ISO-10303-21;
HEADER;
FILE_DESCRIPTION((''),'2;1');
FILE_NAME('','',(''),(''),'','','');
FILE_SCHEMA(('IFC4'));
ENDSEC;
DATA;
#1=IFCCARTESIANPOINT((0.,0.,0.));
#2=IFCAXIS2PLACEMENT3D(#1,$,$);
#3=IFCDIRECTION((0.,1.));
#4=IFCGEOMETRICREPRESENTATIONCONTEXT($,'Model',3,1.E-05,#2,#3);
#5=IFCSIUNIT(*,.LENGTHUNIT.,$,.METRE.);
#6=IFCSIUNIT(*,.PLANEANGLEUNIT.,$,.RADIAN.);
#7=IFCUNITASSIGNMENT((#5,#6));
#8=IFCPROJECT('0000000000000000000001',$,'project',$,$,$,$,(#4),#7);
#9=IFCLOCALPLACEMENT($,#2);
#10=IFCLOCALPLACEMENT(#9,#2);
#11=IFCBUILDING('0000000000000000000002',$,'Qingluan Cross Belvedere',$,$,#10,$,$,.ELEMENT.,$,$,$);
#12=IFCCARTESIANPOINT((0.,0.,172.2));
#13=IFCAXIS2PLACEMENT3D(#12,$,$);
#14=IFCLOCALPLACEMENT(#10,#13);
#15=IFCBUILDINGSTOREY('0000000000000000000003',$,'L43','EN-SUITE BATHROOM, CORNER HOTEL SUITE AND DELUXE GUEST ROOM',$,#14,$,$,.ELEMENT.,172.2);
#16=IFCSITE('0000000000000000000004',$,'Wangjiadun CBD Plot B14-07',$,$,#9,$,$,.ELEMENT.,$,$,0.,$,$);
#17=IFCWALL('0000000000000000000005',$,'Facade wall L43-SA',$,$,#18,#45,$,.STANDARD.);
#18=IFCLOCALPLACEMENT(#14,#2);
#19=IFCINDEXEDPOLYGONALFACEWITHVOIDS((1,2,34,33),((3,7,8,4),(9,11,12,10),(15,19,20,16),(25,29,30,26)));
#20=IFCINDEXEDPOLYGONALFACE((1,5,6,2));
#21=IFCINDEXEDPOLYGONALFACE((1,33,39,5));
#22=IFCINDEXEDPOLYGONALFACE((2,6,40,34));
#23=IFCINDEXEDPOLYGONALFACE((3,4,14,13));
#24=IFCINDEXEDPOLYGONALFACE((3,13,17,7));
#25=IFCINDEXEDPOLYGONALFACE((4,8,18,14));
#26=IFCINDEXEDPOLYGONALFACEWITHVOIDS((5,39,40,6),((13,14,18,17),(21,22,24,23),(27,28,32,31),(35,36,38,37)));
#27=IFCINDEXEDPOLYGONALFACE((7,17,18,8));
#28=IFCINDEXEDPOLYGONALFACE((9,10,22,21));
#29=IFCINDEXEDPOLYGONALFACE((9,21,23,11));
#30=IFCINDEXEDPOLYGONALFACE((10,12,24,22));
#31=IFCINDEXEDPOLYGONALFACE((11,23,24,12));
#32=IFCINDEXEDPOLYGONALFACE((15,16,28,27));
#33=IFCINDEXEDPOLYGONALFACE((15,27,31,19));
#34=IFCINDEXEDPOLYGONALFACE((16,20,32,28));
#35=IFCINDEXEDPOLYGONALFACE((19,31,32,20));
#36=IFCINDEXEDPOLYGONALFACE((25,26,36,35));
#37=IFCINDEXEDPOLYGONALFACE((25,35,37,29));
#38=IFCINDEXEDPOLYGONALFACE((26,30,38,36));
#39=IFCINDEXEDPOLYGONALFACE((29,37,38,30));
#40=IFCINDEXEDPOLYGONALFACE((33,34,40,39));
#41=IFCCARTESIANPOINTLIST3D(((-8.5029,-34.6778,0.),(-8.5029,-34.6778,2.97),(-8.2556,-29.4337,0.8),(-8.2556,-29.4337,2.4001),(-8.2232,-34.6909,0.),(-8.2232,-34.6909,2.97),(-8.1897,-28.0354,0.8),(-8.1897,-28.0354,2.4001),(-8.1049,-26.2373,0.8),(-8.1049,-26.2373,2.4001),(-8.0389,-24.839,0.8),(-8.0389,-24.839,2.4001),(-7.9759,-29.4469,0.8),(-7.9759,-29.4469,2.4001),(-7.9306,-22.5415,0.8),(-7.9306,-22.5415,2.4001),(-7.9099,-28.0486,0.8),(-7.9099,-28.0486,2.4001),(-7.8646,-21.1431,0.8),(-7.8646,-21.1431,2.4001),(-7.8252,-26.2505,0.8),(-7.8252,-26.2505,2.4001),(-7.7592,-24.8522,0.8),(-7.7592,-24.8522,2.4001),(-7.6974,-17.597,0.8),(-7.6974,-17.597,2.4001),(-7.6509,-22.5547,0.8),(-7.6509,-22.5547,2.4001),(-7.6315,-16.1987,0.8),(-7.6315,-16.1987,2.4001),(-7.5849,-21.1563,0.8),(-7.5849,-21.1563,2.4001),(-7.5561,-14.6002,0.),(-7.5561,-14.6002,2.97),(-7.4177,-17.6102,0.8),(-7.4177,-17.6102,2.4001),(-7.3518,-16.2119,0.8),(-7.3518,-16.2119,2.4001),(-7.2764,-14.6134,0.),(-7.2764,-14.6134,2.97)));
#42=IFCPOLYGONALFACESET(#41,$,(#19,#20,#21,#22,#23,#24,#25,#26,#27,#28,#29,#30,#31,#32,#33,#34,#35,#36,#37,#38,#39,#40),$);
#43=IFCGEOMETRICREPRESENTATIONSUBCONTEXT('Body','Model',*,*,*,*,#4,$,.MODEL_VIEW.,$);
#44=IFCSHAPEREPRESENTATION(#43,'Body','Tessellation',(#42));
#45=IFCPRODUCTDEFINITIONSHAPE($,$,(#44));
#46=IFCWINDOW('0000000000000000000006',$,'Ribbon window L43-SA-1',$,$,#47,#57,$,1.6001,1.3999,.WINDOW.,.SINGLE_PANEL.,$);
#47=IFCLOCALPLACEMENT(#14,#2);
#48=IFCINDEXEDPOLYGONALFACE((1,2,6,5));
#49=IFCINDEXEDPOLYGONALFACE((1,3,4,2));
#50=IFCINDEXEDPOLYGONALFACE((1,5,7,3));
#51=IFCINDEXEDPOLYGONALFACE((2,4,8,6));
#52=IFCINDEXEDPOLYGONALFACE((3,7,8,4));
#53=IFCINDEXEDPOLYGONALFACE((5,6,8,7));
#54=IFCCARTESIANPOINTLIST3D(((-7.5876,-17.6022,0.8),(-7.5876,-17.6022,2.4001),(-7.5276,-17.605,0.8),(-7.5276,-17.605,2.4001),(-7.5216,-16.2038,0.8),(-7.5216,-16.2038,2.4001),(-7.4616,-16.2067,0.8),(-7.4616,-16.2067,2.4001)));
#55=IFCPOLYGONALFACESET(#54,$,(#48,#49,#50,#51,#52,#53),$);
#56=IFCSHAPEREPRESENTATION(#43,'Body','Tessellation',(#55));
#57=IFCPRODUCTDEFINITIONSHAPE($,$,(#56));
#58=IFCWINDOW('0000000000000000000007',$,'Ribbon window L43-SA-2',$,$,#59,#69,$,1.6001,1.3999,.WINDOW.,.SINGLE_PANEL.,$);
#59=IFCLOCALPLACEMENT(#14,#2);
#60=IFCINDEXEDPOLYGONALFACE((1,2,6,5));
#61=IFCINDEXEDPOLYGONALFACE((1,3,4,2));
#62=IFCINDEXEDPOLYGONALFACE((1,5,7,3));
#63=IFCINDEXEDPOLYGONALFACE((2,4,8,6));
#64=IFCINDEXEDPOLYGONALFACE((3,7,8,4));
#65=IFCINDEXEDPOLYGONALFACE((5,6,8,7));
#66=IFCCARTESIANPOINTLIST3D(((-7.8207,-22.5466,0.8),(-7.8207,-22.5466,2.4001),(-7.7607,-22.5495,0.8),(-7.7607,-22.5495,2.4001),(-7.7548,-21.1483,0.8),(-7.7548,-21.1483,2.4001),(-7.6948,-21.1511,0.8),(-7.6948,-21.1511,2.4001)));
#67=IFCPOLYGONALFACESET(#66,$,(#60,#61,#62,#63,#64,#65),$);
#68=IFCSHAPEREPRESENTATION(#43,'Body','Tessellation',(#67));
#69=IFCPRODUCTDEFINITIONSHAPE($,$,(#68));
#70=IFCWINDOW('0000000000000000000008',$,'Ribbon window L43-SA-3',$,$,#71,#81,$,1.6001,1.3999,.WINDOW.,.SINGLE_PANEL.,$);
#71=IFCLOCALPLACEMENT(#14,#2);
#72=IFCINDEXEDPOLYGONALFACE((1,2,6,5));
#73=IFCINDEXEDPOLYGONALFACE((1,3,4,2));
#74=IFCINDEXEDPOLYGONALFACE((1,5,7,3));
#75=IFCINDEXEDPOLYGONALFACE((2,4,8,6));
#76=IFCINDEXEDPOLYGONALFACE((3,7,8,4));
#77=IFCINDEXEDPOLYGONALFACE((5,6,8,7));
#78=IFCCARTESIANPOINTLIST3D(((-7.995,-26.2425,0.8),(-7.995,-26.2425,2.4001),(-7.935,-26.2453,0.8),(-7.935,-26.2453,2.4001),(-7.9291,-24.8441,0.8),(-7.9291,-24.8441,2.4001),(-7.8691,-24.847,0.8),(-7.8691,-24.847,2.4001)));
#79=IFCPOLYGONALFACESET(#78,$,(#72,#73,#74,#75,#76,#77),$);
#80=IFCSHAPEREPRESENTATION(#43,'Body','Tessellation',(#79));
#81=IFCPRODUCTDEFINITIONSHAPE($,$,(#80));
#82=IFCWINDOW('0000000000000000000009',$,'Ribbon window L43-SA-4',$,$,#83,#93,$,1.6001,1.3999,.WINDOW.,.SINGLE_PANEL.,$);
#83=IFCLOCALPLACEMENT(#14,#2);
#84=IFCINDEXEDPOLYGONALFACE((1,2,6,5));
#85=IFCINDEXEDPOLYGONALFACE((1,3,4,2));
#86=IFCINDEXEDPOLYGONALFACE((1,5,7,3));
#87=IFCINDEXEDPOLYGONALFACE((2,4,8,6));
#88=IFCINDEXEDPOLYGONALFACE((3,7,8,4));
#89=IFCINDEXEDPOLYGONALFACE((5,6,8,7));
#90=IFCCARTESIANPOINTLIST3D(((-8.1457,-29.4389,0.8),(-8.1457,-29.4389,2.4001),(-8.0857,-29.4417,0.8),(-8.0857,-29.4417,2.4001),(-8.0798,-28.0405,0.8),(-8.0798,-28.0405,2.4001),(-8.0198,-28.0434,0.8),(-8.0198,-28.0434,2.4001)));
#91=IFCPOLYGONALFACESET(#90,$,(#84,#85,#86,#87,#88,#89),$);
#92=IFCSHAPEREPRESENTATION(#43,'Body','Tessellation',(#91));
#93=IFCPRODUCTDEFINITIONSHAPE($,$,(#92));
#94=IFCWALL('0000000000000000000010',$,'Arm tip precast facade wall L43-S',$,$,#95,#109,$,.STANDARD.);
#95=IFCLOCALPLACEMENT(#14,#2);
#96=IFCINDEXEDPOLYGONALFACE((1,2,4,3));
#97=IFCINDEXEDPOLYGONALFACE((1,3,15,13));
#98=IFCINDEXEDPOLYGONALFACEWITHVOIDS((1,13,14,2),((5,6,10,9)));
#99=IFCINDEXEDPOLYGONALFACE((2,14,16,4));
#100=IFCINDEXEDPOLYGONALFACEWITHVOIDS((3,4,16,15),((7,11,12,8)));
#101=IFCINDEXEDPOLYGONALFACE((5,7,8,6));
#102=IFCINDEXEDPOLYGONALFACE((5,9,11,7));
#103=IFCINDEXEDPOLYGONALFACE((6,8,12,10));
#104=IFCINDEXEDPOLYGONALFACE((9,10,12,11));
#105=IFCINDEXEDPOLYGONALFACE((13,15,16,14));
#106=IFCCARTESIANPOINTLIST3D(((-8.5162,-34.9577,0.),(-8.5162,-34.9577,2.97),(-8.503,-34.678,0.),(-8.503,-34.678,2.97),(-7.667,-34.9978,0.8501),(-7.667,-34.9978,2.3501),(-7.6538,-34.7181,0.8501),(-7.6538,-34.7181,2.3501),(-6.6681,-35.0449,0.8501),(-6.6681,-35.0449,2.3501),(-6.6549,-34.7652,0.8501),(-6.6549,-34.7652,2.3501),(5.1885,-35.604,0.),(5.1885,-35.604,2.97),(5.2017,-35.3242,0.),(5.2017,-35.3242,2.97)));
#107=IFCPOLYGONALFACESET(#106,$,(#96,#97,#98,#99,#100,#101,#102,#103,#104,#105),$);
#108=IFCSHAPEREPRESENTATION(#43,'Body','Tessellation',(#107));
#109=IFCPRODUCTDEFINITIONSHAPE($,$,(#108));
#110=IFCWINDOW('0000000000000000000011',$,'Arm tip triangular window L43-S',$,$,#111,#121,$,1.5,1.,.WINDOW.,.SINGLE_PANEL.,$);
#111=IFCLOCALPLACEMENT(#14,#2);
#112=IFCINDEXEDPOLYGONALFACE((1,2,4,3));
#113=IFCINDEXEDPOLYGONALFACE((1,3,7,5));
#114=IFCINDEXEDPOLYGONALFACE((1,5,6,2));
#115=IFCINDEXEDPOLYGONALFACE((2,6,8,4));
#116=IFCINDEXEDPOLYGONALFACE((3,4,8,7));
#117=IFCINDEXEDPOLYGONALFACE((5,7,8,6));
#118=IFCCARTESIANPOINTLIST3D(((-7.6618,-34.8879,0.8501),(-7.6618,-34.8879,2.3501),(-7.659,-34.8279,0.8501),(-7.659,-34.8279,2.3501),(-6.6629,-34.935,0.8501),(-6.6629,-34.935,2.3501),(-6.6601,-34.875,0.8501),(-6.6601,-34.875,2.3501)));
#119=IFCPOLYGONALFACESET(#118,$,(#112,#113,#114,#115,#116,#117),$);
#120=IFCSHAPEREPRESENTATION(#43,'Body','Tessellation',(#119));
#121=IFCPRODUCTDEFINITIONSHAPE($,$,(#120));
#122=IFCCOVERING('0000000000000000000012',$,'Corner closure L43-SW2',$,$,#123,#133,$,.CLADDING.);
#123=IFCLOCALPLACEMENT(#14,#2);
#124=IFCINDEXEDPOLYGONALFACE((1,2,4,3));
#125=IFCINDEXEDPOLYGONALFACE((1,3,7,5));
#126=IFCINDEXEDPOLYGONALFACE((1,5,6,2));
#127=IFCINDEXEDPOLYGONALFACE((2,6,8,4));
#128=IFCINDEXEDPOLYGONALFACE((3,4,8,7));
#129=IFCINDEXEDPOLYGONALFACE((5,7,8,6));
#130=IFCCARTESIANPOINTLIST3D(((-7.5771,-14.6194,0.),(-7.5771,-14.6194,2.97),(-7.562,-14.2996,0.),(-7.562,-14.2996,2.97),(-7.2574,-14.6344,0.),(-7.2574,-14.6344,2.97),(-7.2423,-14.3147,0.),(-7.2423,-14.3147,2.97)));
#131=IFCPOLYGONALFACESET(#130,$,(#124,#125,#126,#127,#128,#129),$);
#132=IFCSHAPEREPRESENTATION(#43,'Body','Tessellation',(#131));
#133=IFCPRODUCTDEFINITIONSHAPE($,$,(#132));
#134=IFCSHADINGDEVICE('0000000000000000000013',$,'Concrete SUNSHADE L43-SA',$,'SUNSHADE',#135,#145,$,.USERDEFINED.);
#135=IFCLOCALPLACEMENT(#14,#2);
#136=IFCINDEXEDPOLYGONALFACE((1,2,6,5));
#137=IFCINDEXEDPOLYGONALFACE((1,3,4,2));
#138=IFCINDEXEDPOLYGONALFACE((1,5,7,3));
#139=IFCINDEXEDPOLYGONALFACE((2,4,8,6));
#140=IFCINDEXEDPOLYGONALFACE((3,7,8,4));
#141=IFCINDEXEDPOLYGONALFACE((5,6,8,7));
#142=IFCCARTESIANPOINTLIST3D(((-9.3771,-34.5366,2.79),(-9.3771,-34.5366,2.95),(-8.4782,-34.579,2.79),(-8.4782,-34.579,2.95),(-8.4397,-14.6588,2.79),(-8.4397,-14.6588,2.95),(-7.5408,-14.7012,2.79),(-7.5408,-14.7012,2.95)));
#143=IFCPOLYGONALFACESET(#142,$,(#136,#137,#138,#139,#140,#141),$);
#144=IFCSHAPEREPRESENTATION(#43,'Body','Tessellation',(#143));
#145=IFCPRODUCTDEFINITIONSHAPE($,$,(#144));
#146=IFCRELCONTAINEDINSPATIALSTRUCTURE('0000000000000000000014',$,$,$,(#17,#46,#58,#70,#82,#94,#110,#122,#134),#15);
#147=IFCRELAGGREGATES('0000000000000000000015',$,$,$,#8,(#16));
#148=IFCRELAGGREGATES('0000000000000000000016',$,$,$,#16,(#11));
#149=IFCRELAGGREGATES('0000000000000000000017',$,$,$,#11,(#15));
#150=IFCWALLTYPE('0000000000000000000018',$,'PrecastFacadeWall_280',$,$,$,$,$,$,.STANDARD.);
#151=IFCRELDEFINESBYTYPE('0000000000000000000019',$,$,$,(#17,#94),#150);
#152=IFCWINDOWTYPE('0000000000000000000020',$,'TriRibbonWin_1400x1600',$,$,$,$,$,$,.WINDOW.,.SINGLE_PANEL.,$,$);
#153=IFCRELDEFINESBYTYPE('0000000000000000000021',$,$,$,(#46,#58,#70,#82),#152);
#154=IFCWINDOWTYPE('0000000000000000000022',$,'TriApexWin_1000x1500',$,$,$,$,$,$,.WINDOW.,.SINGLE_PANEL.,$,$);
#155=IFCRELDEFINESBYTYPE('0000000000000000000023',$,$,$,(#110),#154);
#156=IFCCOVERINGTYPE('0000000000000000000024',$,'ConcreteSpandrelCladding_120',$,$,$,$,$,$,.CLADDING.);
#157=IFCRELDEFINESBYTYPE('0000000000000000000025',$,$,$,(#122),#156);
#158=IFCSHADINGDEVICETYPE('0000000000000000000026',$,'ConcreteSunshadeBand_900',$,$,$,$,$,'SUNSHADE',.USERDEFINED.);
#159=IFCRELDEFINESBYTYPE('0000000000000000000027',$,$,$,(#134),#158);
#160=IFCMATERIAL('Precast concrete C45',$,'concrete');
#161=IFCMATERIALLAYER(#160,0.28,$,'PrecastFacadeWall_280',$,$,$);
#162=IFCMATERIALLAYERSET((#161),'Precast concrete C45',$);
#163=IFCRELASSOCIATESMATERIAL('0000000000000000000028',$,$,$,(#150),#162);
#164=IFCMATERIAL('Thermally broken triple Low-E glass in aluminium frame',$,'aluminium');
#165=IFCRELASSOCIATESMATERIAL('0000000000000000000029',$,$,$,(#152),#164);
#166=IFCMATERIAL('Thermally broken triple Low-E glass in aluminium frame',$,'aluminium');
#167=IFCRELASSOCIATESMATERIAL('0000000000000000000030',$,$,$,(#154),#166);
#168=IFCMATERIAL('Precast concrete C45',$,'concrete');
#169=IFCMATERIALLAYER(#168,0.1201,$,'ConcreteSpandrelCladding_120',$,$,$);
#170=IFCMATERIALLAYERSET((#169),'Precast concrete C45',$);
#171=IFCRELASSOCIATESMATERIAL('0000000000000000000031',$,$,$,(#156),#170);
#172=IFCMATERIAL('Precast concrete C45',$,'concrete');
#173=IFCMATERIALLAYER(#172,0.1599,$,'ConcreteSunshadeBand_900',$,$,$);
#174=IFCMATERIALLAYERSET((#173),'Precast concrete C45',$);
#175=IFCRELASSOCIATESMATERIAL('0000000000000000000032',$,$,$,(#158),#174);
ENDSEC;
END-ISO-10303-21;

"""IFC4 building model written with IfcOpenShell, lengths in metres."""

from ifc_helpers import new_model, si_unit, direction, frame, frame_2d, origin, origin_2d, place, context, subcontext, project, spatial, rectangle, extrude, material, layer, layer_set, type_object, element, fill, save


model = new_model("IFC4")

# Units and contexts
model_context = context("Model", 3, precision=1e-05, world=origin(), true_north=direction((0.0, 1.0)))
body_context = subcontext(model_context, "Body", "Model", "MODEL_VIEW")
ifc_project = project(units=[si_unit("LENGTHUNIT", "METRE"), si_unit("PLANEANGLEUNIT", "RADIAN")], contexts=[model_context])

# Site, building, storey
site_placement = place(None, origin())
site = spatial("IfcSite", under=ifc_project, at=site_placement, Name="Wangjiadun CBD Plot B14-07", CompositionType="ELEMENT", RefElevation=0.0)
building_placement = place(site_placement, origin())
building = spatial("IfcBuilding", under=site, at=building_placement, Name="Qingluan Cross Belvedere", CompositionType="ELEMENT")
storey_placement = place(building_placement, frame((0.0, 0.0, 172.2)))
storey = spatial("IfcBuildingStorey", under=building, at=storey_placement, Name="L43", Description="EN-SUITE BATHROOM, CORNER HOTEL SUITE AND DELUXE GUEST ROOM", CompositionType="ELEMENT", Elevation=172.2)

# Wall, openings, windows
ifc_material_1 = material(Name="Precast concrete C45", Category="concrete")
ifc_layer_1 = layer(ifc_material_1, 0.28, Name="PrecastFacadeWall_280")
ifc_layer_set_1 = layer_set([ifc_layer_1], Name="Precast concrete C45")
wall_type_1 = type_object("IfcWallType", Name="PrecastFacadeWall_280", PredefinedType="STANDARD", material=ifc_layer_set_1)
wall_1_placement = place(storey_placement, frame((-7.4163, -14.6069, 0.0), z_axis=(0.0, 0.0, 1.0), x_axis=(-0.047103, -0.99889, 0.0)))
wall_1 = element("IfcWall", 1, at=wall_1_placement, inside=storey, type_object=wall_type_1, Name="Facade wall L43-SA", PredefinedType="STANDARD", context=body_context, shape_type="SweptSolid", body=[
    extrude(rectangle(XDim=20.0999, YDim=0.28, at=frame_2d((10.0498, 0.0))), origin(), (0.0, 0.0, 1.0), 2.97),
])
opening_1_placement = place(wall_1_placement, frame((1.6001, 0.0, 0.8)))
opening_1 = element("IfcOpeningElement", 2, at=opening_1_placement, cuts=wall_1, PredefinedType="OPENING", context=body_context, shape_type="SweptSolid", body=[
    extrude(rectangle(XDim=1.3999, YDim=1.6001, at=frame_2d((0.7, 0.8))), frame((0.0, 0.1499, 0.0), z_axis=(0.0, -1.0, 0.0), x_axis=(1.0, 0.0, 0.0)), (0.0, 0.0, 1.0), 0.3),
])
opening_2_placement = place(wall_1_placement, frame((6.55, 0.0, 0.8)))
opening_2 = element("IfcOpeningElement", 3, at=opening_2_placement, cuts=wall_1, PredefinedType="OPENING", context=body_context, shape_type="SweptSolid", body=[
    extrude(rectangle(XDim=1.3999, YDim=1.6001, at=frame_2d((0.7, 0.8))), frame((0.0, 0.1499, 0.0), z_axis=(0.0, -1.0, 0.0), x_axis=(1.0, 0.0, 0.0)), (0.0, 0.0, 1.0), 0.3),
])
opening_3_placement = place(wall_1_placement, frame((10.25, 0.0, 0.8)))
opening_3 = element("IfcOpeningElement", 4, at=opening_3_placement, cuts=wall_1, PredefinedType="OPENING", context=body_context, shape_type="SweptSolid", body=[
    extrude(rectangle(XDim=1.3999, YDim=1.6001, at=frame_2d((0.7, 0.8))), frame((0.0, 0.1499, 0.0), z_axis=(0.0, -1.0, 0.0), x_axis=(1.0, 0.0, 0.0)), (0.0, 0.0, 1.0), 0.3),
])
opening_4_placement = place(wall_1_placement, frame((13.45, 0.0, 0.8)))
opening_4 = element("IfcOpeningElement", 5, at=opening_4_placement, cuts=wall_1, PredefinedType="OPENING", context=body_context, shape_type="SweptSolid", body=[
    extrude(rectangle(XDim=1.3999, YDim=1.6001, at=frame_2d((0.7, 0.8))), frame((0.0, 0.1499, 0.0), z_axis=(0.0, -1.0, 0.0), x_axis=(1.0, 0.0, 0.0)), (0.0, 0.0, 1.0), 0.3),
])
ifc_material_2 = material(Name="Thermally broken triple Low-E glass in aluminium frame", Category="aluminium")
window_type_1 = type_object("IfcWindowType", Name="TriRibbonWin_1400x1600", PartitioningType="SINGLE_PANEL", PredefinedType="WINDOW", material=ifc_material_2)
window_1_placement = place(opening_1_placement, origin())
window_1 = element("IfcWindow", 6, at=window_1_placement, inside=storey, type_object=window_type_1, Name="Ribbon window L43-SA-1", OverallHeight=1.6001, OverallWidth=1.3999, PartitioningType="SINGLE_PANEL", PredefinedType="WINDOW", context=body_context, shape_type="SweptSolid", body=[
    extrude(rectangle(XDim=1.3999, YDim=1.6001, at=frame_2d((0.7, 0.8))), frame((0.0, 0.03, 0.0), z_axis=(0.0, -1.0, 0.0), x_axis=(1.0, 0.0, 0.0)), (0.0, 0.0, 1.0), 0.0601),
])
fill(opening_1, window_1)
window_2_placement = place(opening_2_placement, origin())
window_2 = element("IfcWindow", 7, at=window_2_placement, inside=storey, type_object=window_type_1, Name="Ribbon window L43-SA-2", OverallHeight=1.6001, OverallWidth=1.3999, PartitioningType="SINGLE_PANEL", PredefinedType="WINDOW", context=body_context, shape_type="SweptSolid", body=[
    extrude(rectangle(XDim=1.3999, YDim=1.6001, at=frame_2d((0.7, 0.8))), frame((0.0, 0.03, 0.0), z_axis=(0.0, -1.0, 0.0), x_axis=(1.0, 0.0, 0.0)), (0.0, 0.0, 1.0), 0.0601),
])
fill(opening_2, window_2)
window_3_placement = place(opening_3_placement, origin())
window_3 = element("IfcWindow", 8, at=window_3_placement, inside=storey, type_object=window_type_1, Name="Ribbon window L43-SA-3", OverallHeight=1.6001, OverallWidth=1.3999, PartitioningType="SINGLE_PANEL", PredefinedType="WINDOW", context=body_context, shape_type="SweptSolid", body=[
    extrude(rectangle(XDim=1.3999, YDim=1.6001, at=frame_2d((0.7, 0.8))), frame((0.0, 0.03, 0.0), z_axis=(0.0, -1.0, 0.0), x_axis=(1.0, 0.0, 0.0)), (0.0, 0.0, 1.0), 0.0601),
])
fill(opening_3, window_3)
window_4_placement = place(opening_4_placement, origin())
window_4 = element("IfcWindow", 9, at=window_4_placement, inside=storey, type_object=window_type_1, Name="Ribbon window L43-SA-4", OverallHeight=1.6001, OverallWidth=1.3999, PartitioningType="SINGLE_PANEL", PredefinedType="WINDOW", context=body_context, shape_type="SweptSolid", body=[
    extrude(rectangle(XDim=1.3999, YDim=1.6001, at=frame_2d((0.7, 0.8))), frame((0.0, 0.03, 0.0), z_axis=(0.0, -1.0, 0.0), x_axis=(1.0, 0.0, 0.0)), (0.0, 0.0, 1.0), 0.0601),
])
fill(opening_4, window_4)

# Wall, opening, window
wall_2_placement = place(storey_placement, frame((-8.5095, -34.8179, 0.0), z_axis=(0.0, 0.0, 1.0), x_axis=(0.99889, -0.047102, 0.0)))
wall_2 = element("IfcWall", 10, at=wall_2_placement, inside=storey, type_object=wall_type_1, Name="Arm tip precast facade wall L43-S", PredefinedType="STANDARD", context=body_context, shape_type="SweptSolid", body=[
    extrude(rectangle(XDim=13.72, YDim=0.28, at=frame_2d((6.8599, 0.0))), origin(), (0.0, 0.0, 1.0), 2.97),
])
opening_5_placement = place(wall_2_placement, frame((0.8501, 0.0, 0.8501)))
opening_5 = element("IfcOpeningElement", 11, at=opening_5_placement, cuts=wall_2, PredefinedType="OPENING", context=body_context, shape_type="SweptSolid", body=[
    extrude(rectangle(XDim=1.0, YDim=1.5, at=frame_2d((0.5, 0.75))), frame((0.0, 0.1499, 0.0), z_axis=(0.0, -1.0, 0.0), x_axis=(1.0, 0.0, 0.0)), (0.0, 0.0, 1.0), 0.3),
])
ifc_material_3 = material(Name="Thermally broken triple Low-E glass in aluminium frame", Category="aluminium")
window_type_2 = type_object("IfcWindowType", Name="TriApexWin_1000x1500", PartitioningType="SINGLE_PANEL", PredefinedType="WINDOW", material=ifc_material_3)
window_5_placement = place(opening_5_placement, origin())
window_5 = element("IfcWindow", 12, at=window_5_placement, inside=storey, type_object=window_type_2, Name="Arm tip triangular window L43-S", OverallHeight=1.5, OverallWidth=1.0, PartitioningType="SINGLE_PANEL", PredefinedType="WINDOW", context=body_context, shape_type="SweptSolid", body=[
    extrude(rectangle(XDim=1.0, YDim=1.5, at=frame_2d((0.5, 0.75))), frame((0.0, 0.03, 0.0), z_axis=(0.0, -1.0, 0.0), x_axis=(1.0, 0.0, 0.0)), (0.0, 0.0, 1.0), 0.0601),
])
fill(opening_5, window_5)

# Covering
ifc_material_4 = material(Name="Precast concrete C45", Category="concrete")
ifc_layer_2 = layer(ifc_material_4, 0.1201, Name="ConcreteSpandrelCladding_120")
ifc_layer_set_2 = layer_set([ifc_layer_2], Name="Precast concrete C45")
covering_type = type_object("IfcCoveringType", Name="ConcreteSpandrelCladding_120", PredefinedType="CLADDING", material=ifc_layer_set_2)
covering_placement = place(storey_placement, frame((-7.4097, -14.467, 0.0), z_axis=(0.0, 0.0, 1.0), x_axis=(0.99889, -0.047106, 0.0)))
element("IfcCovering", 13, at=covering_placement, inside=storey, type_object=covering_type, Name="Corner closure L43-SW2", PredefinedType="CLADDING", context=body_context, shape_type="SweptSolid", body=[
    extrude(rectangle(XDim=0.3201, YDim=0.3201, at=origin_2d()), origin(), (0.0, 0.0, 1.0), 2.97),
])

# Shading device
ifc_material_5 = material(Name="Precast concrete C45", Category="concrete")
ifc_layer_3 = layer(ifc_material_5, 0.1599, Name="ConcreteSunshadeBand_900")
ifc_layer_set_3 = layer_set([ifc_layer_3], Name="Precast concrete C45")
shading_device_type = type_object("IfcShadingDeviceType", Name="ConcreteSunshadeBand_900", ElementType="SUNSHADE", PredefinedType="USERDEFINED", material=ifc_layer_set_3)
shading_device_placement = place(storey_placement, frame((-8.459, -24.6189, 2.79), z_axis=(0.0, 0.0, 1.0), x_axis=(-0.047105, -0.99889, 0.0)))
element("IfcShadingDevice", 14, at=shading_device_placement, inside=storey, type_object=shading_device_type, Name="Concrete SUNSHADE L43-SA", ObjectType="SUNSHADE", PredefinedType="USERDEFINED", context=body_context, shape_type="SweptSolid", body=[
    extrude(rectangle(XDim=19.8999, YDim=0.8999, at=origin_2d()), origin(), (0.0, 0.0, 1.0), 0.1599),
])

save(model, "model.ifc")
